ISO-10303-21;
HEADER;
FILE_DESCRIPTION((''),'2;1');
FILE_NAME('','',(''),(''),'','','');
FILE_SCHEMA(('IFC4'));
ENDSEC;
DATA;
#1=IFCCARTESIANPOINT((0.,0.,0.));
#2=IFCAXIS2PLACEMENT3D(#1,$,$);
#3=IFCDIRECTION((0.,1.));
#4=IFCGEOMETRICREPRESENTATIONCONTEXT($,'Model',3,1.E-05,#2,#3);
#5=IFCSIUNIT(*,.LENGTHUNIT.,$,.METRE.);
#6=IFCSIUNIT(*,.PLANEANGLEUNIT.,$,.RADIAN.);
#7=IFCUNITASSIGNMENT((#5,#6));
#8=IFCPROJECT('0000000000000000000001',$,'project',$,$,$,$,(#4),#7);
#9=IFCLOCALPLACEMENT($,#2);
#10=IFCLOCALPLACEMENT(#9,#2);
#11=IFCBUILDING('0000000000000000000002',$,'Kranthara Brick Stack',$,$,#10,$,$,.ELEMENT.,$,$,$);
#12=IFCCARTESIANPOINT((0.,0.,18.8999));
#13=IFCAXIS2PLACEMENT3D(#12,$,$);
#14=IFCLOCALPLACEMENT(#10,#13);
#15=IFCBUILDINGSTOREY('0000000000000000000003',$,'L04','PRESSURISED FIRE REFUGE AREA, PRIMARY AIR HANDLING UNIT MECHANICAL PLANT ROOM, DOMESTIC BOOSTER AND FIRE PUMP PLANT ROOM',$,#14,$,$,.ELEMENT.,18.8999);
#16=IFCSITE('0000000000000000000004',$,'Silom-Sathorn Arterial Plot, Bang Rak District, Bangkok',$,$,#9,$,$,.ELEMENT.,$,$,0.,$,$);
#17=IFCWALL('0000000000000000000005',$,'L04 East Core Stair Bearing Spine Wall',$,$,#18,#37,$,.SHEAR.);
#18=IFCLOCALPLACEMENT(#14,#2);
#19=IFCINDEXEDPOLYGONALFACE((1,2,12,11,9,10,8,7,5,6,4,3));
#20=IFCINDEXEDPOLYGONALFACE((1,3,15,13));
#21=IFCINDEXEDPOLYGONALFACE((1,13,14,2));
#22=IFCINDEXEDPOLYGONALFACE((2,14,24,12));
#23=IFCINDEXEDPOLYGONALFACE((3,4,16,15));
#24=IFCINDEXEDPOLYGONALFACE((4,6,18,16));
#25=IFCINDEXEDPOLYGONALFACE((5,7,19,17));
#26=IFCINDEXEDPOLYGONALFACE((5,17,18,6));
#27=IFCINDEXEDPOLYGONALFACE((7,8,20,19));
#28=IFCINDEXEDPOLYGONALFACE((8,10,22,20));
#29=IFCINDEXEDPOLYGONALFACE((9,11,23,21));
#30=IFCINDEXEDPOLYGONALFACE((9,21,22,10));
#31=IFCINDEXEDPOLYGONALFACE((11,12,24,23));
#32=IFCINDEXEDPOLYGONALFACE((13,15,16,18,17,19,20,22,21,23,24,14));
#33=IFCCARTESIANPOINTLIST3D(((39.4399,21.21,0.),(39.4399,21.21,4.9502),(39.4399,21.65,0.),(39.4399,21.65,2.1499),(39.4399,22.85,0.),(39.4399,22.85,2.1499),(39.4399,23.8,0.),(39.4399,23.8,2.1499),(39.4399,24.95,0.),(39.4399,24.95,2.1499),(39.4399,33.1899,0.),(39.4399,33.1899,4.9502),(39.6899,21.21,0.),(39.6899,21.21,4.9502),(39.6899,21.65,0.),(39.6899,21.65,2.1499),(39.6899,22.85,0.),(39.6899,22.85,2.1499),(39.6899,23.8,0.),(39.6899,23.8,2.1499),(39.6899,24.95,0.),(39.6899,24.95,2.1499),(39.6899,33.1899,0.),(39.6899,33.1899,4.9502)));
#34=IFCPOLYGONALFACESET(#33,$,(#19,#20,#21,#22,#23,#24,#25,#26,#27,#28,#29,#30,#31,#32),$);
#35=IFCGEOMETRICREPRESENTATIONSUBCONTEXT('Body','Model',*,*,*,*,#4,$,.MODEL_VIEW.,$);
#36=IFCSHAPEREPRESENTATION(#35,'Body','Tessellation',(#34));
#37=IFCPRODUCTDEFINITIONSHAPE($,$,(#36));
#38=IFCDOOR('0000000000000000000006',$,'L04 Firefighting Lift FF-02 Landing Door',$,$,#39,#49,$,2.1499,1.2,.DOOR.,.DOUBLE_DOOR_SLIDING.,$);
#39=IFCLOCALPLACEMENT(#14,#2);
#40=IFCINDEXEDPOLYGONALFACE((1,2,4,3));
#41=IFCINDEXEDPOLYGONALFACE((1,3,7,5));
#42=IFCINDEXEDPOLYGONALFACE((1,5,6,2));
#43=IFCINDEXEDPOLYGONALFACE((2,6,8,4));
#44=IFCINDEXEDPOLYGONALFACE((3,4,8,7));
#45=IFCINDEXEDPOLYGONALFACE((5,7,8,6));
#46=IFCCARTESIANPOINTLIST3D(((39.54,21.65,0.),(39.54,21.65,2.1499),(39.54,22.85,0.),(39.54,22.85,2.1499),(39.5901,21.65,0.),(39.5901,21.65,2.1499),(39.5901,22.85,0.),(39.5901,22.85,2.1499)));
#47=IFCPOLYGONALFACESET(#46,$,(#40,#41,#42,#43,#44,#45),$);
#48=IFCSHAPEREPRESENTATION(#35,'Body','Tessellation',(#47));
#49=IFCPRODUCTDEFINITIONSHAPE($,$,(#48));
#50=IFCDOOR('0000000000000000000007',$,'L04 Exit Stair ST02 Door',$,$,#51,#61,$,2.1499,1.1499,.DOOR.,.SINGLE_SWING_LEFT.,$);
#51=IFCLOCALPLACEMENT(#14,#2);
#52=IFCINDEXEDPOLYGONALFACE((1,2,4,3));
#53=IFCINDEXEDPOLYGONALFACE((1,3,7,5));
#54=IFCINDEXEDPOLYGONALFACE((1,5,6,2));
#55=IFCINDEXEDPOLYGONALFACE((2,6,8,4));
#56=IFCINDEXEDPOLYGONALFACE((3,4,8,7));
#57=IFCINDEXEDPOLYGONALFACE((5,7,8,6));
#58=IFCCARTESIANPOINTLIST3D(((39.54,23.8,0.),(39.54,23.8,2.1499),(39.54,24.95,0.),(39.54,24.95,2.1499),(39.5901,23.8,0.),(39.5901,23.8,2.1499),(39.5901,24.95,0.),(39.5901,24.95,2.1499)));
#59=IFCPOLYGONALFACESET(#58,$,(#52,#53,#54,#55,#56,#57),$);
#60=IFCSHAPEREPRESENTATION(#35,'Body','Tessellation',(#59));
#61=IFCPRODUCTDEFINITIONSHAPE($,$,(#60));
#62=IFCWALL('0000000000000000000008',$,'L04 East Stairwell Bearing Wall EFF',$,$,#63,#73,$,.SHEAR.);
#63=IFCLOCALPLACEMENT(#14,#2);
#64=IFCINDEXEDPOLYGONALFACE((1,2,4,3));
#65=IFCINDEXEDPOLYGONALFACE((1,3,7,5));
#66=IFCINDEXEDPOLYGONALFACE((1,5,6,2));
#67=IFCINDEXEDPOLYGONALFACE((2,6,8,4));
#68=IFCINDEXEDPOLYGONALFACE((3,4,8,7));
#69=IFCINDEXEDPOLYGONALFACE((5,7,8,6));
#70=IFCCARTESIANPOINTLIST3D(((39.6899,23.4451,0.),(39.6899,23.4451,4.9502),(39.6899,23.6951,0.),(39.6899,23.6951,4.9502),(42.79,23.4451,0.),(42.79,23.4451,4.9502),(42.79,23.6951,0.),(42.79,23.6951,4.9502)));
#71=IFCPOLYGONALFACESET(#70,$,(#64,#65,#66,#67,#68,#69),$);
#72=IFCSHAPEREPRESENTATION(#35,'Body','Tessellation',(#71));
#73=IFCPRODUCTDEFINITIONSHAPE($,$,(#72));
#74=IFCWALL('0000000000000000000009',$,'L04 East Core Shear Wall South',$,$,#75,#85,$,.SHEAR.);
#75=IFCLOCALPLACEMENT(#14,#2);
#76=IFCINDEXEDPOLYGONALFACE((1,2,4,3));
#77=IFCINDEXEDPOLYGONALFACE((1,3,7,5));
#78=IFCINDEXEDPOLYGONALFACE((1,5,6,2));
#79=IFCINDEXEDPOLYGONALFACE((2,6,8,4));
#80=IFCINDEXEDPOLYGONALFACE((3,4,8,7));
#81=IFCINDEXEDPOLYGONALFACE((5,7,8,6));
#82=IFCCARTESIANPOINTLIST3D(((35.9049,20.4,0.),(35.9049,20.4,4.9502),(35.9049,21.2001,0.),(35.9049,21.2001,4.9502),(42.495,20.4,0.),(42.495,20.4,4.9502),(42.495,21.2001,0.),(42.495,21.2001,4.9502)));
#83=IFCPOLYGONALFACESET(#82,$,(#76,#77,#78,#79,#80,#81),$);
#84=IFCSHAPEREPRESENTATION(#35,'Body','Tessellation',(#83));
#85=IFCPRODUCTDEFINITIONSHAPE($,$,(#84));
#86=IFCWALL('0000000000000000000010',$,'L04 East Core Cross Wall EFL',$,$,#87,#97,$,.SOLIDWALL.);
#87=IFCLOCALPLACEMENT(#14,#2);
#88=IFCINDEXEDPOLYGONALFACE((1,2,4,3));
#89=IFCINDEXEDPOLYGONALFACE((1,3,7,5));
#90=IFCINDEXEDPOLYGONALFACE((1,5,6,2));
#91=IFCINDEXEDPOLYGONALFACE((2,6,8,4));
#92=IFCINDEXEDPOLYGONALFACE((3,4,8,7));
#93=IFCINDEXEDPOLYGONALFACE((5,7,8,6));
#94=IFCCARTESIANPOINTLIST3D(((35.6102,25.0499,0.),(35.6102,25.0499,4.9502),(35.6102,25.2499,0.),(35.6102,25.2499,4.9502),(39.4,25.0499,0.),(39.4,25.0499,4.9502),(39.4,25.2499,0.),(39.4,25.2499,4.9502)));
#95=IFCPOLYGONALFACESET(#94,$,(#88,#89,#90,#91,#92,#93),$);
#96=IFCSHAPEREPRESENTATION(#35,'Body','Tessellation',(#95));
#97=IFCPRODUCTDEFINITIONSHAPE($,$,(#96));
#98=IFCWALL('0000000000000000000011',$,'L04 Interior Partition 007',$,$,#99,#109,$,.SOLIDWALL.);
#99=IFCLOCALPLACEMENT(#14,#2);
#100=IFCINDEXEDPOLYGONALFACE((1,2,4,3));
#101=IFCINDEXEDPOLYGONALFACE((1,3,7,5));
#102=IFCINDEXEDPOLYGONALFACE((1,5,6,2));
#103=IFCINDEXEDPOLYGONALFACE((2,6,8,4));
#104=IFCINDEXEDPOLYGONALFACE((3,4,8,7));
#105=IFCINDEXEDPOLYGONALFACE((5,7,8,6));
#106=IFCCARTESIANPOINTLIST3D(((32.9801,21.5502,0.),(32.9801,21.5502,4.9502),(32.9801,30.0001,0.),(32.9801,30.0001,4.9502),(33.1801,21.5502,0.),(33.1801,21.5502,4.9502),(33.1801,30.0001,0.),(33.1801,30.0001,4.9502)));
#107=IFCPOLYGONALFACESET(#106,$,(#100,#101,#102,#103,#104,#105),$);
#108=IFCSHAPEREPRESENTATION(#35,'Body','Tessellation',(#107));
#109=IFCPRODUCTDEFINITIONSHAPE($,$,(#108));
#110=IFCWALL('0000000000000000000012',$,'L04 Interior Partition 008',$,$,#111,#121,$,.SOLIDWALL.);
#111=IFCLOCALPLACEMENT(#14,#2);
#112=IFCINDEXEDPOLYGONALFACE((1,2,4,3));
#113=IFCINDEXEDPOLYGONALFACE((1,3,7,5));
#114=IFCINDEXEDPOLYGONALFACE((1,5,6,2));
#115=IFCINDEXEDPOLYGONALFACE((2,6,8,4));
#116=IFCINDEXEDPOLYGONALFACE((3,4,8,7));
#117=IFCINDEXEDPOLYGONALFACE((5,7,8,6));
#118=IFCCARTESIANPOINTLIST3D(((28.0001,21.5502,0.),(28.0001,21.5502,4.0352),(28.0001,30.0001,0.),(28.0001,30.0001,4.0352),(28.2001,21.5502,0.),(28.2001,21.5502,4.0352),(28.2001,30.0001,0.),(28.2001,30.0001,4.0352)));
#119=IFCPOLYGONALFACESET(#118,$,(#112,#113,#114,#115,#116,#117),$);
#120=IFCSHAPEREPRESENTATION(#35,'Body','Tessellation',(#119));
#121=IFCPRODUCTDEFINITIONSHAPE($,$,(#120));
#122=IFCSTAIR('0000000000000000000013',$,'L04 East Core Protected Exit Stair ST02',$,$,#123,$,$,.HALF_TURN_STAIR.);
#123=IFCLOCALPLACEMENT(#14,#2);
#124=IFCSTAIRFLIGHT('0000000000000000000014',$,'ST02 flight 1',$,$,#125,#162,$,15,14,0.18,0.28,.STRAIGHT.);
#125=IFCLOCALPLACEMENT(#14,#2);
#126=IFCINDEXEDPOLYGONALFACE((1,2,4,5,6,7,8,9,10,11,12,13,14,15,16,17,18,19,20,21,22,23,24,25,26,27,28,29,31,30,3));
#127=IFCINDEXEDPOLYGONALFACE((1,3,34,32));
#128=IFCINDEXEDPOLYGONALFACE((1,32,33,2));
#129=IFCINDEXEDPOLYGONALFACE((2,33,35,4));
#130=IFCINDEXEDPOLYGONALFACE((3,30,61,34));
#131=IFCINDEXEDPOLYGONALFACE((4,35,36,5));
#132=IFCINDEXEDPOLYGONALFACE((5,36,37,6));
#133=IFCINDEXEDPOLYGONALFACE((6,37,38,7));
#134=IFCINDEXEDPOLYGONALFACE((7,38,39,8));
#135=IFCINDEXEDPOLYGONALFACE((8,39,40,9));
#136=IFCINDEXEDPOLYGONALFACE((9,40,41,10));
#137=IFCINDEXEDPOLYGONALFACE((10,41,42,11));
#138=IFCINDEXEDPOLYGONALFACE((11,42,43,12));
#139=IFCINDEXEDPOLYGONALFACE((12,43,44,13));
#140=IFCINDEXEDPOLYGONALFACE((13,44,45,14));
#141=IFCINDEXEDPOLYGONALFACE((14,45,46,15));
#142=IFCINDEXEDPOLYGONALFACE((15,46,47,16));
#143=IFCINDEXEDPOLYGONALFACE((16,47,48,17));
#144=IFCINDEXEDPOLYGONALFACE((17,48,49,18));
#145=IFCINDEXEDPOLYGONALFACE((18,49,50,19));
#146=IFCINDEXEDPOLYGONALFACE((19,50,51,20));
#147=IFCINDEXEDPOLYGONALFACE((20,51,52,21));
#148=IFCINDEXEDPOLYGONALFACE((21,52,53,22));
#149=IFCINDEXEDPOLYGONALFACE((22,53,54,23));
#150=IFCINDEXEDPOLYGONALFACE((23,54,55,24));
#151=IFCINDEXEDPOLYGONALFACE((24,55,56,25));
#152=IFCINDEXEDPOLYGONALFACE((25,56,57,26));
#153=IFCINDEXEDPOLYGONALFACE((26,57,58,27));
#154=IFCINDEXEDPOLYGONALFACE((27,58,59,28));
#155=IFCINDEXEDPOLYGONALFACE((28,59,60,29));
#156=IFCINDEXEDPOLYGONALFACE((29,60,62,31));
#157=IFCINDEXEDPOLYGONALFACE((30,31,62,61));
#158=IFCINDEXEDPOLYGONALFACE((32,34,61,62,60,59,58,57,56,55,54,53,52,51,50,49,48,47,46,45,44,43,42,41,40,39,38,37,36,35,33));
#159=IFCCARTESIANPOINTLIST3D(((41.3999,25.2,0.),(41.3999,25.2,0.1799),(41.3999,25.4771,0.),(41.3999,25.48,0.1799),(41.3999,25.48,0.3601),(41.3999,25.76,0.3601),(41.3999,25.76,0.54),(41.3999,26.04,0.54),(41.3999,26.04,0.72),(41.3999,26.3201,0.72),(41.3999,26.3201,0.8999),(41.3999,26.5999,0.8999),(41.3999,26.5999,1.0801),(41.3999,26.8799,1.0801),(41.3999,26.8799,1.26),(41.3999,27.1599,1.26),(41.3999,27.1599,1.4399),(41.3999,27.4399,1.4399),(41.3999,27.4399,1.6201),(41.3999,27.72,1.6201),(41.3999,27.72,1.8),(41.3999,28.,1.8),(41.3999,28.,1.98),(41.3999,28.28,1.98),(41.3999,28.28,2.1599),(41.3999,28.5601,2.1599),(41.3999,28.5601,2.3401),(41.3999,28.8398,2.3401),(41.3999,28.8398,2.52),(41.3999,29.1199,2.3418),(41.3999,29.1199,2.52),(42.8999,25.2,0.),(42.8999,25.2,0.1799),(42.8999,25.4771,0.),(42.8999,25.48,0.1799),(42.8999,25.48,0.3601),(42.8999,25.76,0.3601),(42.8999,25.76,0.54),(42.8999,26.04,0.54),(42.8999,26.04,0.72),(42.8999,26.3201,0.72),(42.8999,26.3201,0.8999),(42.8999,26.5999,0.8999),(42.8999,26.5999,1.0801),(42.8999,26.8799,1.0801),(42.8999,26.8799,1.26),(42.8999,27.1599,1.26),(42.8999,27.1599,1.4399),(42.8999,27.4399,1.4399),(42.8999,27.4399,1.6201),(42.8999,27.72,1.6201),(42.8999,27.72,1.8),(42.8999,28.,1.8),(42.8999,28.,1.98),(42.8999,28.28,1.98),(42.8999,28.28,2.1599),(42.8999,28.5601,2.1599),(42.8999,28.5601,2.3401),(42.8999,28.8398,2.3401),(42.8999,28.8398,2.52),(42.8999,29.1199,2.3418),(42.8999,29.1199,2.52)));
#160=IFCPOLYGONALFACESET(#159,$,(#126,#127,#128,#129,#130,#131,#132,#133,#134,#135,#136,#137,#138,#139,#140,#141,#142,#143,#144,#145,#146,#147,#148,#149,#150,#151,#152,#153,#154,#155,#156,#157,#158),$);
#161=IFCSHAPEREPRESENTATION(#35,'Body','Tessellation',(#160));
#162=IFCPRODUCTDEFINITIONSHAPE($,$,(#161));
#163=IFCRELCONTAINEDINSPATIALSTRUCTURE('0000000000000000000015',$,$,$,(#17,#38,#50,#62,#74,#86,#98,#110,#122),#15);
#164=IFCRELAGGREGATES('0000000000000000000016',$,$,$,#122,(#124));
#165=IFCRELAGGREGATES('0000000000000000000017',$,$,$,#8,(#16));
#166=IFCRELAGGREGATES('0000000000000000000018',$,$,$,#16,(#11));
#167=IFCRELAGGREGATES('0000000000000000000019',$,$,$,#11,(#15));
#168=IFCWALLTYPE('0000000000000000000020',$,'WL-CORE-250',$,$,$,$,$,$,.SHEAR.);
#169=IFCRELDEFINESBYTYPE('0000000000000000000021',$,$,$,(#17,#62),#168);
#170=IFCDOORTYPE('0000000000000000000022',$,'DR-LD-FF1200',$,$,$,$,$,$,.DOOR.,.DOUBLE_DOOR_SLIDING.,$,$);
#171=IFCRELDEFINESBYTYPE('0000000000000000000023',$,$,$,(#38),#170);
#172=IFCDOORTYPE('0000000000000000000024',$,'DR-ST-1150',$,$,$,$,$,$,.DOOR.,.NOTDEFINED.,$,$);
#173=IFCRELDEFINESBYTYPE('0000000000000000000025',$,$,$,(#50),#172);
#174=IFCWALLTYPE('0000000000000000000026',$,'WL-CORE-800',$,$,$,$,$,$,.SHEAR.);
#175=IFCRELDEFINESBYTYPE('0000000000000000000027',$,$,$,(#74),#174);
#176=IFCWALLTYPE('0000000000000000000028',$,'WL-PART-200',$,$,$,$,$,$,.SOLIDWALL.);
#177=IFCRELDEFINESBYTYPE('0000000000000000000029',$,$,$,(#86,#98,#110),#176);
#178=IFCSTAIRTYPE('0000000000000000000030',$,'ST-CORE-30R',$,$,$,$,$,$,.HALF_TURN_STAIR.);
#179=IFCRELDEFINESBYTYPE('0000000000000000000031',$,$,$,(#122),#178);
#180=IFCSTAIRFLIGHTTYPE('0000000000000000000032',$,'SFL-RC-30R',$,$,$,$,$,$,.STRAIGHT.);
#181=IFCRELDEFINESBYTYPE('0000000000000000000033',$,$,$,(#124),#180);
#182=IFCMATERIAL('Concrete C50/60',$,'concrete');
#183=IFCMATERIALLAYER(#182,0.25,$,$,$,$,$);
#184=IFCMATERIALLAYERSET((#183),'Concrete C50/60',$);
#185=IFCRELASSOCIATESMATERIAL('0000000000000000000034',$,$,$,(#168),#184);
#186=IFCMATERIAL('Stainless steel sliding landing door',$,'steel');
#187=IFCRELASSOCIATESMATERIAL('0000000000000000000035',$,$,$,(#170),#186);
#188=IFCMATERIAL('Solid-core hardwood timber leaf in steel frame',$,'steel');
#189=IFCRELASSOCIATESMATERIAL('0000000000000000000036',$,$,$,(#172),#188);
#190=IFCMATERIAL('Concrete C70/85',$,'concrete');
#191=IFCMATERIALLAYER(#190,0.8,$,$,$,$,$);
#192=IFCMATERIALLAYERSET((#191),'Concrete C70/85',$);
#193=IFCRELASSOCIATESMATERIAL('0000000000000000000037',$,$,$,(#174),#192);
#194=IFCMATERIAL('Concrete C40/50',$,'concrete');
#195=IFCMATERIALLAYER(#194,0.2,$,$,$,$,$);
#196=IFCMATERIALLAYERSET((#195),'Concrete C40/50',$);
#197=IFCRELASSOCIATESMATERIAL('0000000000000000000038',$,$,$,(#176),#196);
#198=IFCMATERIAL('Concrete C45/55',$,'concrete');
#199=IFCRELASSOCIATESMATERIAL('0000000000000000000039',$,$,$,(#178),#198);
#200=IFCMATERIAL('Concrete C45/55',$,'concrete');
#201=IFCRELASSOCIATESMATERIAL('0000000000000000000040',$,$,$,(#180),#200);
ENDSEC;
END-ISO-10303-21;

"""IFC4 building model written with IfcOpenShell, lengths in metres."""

from ifc_helpers import new_model, si_unit, direction, frame, frame_2d, origin, place, context, subcontext, project, spatial, polyline, rectangle, outline, extrude, material, layer, layer_set, type_object, element, fill, aggregate, save


model = new_model("IFC4")

# Units and contexts
model_context = context("Model", 3, precision=1e-05, world=origin(), true_north=direction((0.0, 1.0)))
body_context = subcontext(model_context, "Body", "Model", "MODEL_VIEW")
ifc_project = project(units=[si_unit("LENGTHUNIT", "METRE"), si_unit("PLANEANGLEUNIT", "RADIAN")], contexts=[model_context])

# Site, building, storey
site_placement = place(None, origin())
site = spatial("IfcSite", under=ifc_project, at=site_placement, Name="Silom-Sathorn Arterial Plot, Bang Rak District, Bangkok", CompositionType="ELEMENT", RefElevation=0.0)
building_placement = place(site_placement, origin())
building = spatial("IfcBuilding", under=site, at=building_placement, Name="Kranthara Brick Stack", CompositionType="ELEMENT")
storey_placement = place(building_placement, frame((0.0, 0.0, 18.8999)))
storey = spatial("IfcBuildingStorey", under=building, at=storey_placement, Name="L04", Description="PRESSURISED FIRE REFUGE AREA, PRIMARY AIR HANDLING UNIT MECHANICAL PLANT ROOM, DOMESTIC BOOSTER AND FIRE PUMP PLANT ROOM", CompositionType="ELEMENT", Elevation=18.8999)

# Wall, openings, doors
ifc_material_1 = material(Name="Concrete C50/60", Category="concrete")
ifc_layer_1 = layer(ifc_material_1, 0.25)
ifc_layer_set_1 = layer_set([ifc_layer_1], Name="Concrete C50/60")
wall_type_1 = type_object("IfcWallType", Name="WL-CORE-250", PredefinedType="SHEAR", material=ifc_layer_set_1)
wall_1_placement = place(storey_placement, frame((39.5649, 21.21, 0.0), z_axis=(0.0, 0.0, 1.0), x_axis=(0.0, 1.0, 0.0)))
wall_1 = element("IfcWall", 1, at=wall_1_placement, inside=storey, type_object=wall_type_1, Name="L04 East Core Stair Bearing Spine Wall", PredefinedType="SHEAR", context=body_context, shape_type="SweptSolid", body=[
    extrude(rectangle(XDim=11.98, YDim=0.25, at=frame_2d((5.99, 0.0))), origin(), (0.0, 0.0, 1.0), 4.9502),
])
opening_1_placement = place(wall_1_placement, frame((0.4399, 0.0, 0.0)))
opening_1 = element("IfcOpeningElement", 2, at=opening_1_placement, cuts=wall_1, PredefinedType="OPENING", context=body_context, shape_type="SweptSolid", body=[
    extrude(rectangle(XDim=1.2, YDim=2.1499, at=frame_2d((0.6001, 1.075))), frame((0.0, 0.135, 0.0), z_axis=(0.0, -1.0, 0.0), x_axis=(1.0, 0.0, 0.0)), (0.0, 0.0, 1.0), 0.27),
])
opening_2_placement = place(wall_1_placement, frame((2.5901, 0.0, 0.0)))
opening_2 = element("IfcOpeningElement", 3, at=opening_2_placement, cuts=wall_1, PredefinedType="OPENING", context=body_context, shape_type="SweptSolid", body=[
    extrude(rectangle(XDim=1.1499, YDim=2.1499, at=frame_2d((0.575, 1.075))), frame((0.0, 0.135, 0.0), z_axis=(0.0, -1.0, 0.0), x_axis=(1.0, 0.0, 0.0)), (0.0, 0.0, 1.0), 0.27),
])
ifc_material_2 = material(Name="Stainless steel sliding landing door", Category="steel")
door_type_1 = type_object("IfcDoorType", Name="DR-LD-FF1200", OperationType="DOUBLE_DOOR_SLIDING", PredefinedType="DOOR", material=ifc_material_2)
door_1_placement = place(opening_1_placement, origin())
door_1 = element("IfcDoor", 4, at=door_1_placement, inside=storey, type_object=door_type_1, Name="L04 Firefighting Lift FF-02 Landing Door", OperationType="DOUBLE_DOOR_SLIDING", OverallHeight=2.1499, OverallWidth=1.2, PredefinedType="DOOR", context=body_context, shape_type="SweptSolid", body=[
    extrude(rectangle(XDim=1.2, YDim=2.1499, at=frame_2d((0.6001, 1.075))), frame((0.0, 0.0249, 0.0), z_axis=(0.0, -1.0, 0.0), x_axis=(1.0, 0.0, 0.0)), (0.0, 0.0, 1.0), 0.05),
])
fill(opening_1, door_1)
ifc_material_3 = material(Name="Solid-core hardwood timber leaf in steel frame", Category="steel")
door_type_2 = type_object("IfcDoorType", Name="DR-ST-1150", OperationType="NOTDEFINED", PredefinedType="DOOR", material=ifc_material_3)
door_2_placement = place(opening_2_placement, origin())
door_2 = element("IfcDoor", 5, at=door_2_placement, inside=storey, type_object=door_type_2, Name="L04 Exit Stair ST02 Door", OperationType="SINGLE_SWING_LEFT", OverallHeight=2.1499, OverallWidth=1.1499, PredefinedType="DOOR", context=body_context, shape_type="SweptSolid", body=[
    extrude(rectangle(XDim=1.1499, YDim=2.1499, at=frame_2d((0.575, 1.075))), frame((0.0, 0.0249, 0.0), z_axis=(0.0, -1.0, 0.0), x_axis=(1.0, 0.0, 0.0)), (0.0, 0.0, 1.0), 0.05),
])
fill(opening_2, door_2)

# Walls
wall_2_placement = place(storey_placement, frame((39.6899, 23.5701, 0.0), z_axis=(0.0, 0.0, 1.0), x_axis=(1.0, 0.0, 0.0)))
element("IfcWall", 6, at=wall_2_placement, inside=storey, type_object=wall_type_1, Name="L04 East Stairwell Bearing Wall EFF", PredefinedType="SHEAR", context=body_context, shape_type="SweptSolid", body=[
    extrude(rectangle(XDim=3.1001, YDim=0.25, at=frame_2d((1.55, 0.0))), origin(), (0.0, 0.0, 1.0), 4.9502),
])
ifc_material_4 = material(Name="Concrete C70/85", Category="concrete")
ifc_layer_2 = layer(ifc_material_4, 0.8)
ifc_layer_set_2 = layer_set([ifc_layer_2], Name="Concrete C70/85")
wall_type_2 = type_object("IfcWallType", Name="WL-CORE-800", PredefinedType="SHEAR", material=ifc_layer_set_2)
wall_3_placement = place(storey_placement, frame((35.905, 20.8, 0.0), z_axis=(0.0, 0.0, 1.0), x_axis=(1.0, 0.0, 0.0)))
element("IfcWall", 7, at=wall_3_placement, inside=storey, type_object=wall_type_2, Name="L04 East Core Shear Wall South", PredefinedType="SHEAR", context=body_context, shape_type="SweptSolid", body=[
    extrude(rectangle(XDim=6.5901, YDim=0.8, at=frame_2d((3.2949, 0.0))), origin(), (0.0, 0.0, 1.0), 4.9502),
])

# Walls
ifc_material_5 = material(Name="Concrete C40/50", Category="concrete")
ifc_layer_3 = layer(ifc_material_5, 0.2)
ifc_layer_set_3 = layer_set([ifc_layer_3], Name="Concrete C40/50")
wall_type_3 = type_object("IfcWallType", Name="WL-PART-200", PredefinedType="SOLIDWALL", material=ifc_layer_set_3)
wall_4_placement = place(storey_placement, frame((35.6101, 25.1499, 0.0), z_axis=(0.0, 0.0, 1.0), x_axis=(1.0, 0.0, 0.0)))
element("IfcWall", 8, at=wall_4_placement, inside=storey, type_object=wall_type_3, Name="L04 East Core Cross Wall EFL", PredefinedType="SOLIDWALL", context=body_context, shape_type="SweptSolid", body=[
    extrude(rectangle(XDim=3.7898, YDim=0.2, at=frame_2d((1.895, 0.0))), origin(), (0.0, 0.0, 1.0), 4.9502),
])
wall_5_placement = place(storey_placement, frame((33.0801, 21.55, 0.0), z_axis=(0.0, 0.0, 1.0), x_axis=(0.0, 1.0, 0.0)))
element("IfcWall", 9, at=wall_5_placement, inside=storey, type_object=wall_type_3, Name="L04 Interior Partition 007", PredefinedType="SOLIDWALL", context=body_context, shape_type="SweptSolid", body=[
    extrude(rectangle(XDim=8.45, YDim=0.2, at=frame_2d((4.2251, 0.0))), origin(), (0.0, 0.0, 1.0), 4.9502),
])
wall_6_placement = place(storey_placement, frame((28.1001, 21.55, 0.0), z_axis=(0.0, 0.0, 1.0), x_axis=(0.0, 1.0, 0.0)))
element("IfcWall", 10, at=wall_6_placement, inside=storey, type_object=wall_type_3, Name="L04 Interior Partition 008", PredefinedType="SOLIDWALL", context=body_context, shape_type="SweptSolid", body=[
    extrude(rectangle(XDim=8.45, YDim=0.2, at=frame_2d((4.2251, 0.0))), origin(), (0.0, 0.0, 1.0), 4.0352),
])

# Stair, stair flight
ifc_material_6 = material(Name="Concrete C45/55", Category="concrete")
stair_type = type_object("IfcStairType", Name="ST-CORE-30R", PredefinedType="HALF_TURN_STAIR", material=ifc_material_6)
stair_placement = place(storey_placement, origin())
stair = element("IfcStair", 11, at=stair_placement, inside=storey, type_object=stair_type, Name="L04 East Core Protected Exit Stair ST02", PredefinedType="HALF_TURN_STAIR")
ifc_material_7 = material(Name="Concrete C45/55", Category="concrete")
stair_flight_type = type_object("IfcStairFlightType", Name="SFL-RC-30R", PredefinedType="STRAIGHT", material=ifc_material_7)
stair_flight_placement = place(storey_placement, frame((42.1499, 25.2, 0.0), z_axis=(0.0, 0.0, 1.0), x_axis=(0.0, 1.0, 0.0)))
stair_flight = element("IfcStairFlight", 12, at=stair_flight_placement, type_object=stair_flight_type, Name="ST02 flight 1", NumberOfRisers=15, NumberOfTreads=14, PredefinedType="STRAIGHT", RiserHeight=0.18, TreadLength=0.28, context=body_context, shape_type="SweptSolid", body=[
    extrude(outline(polyline([(0.0, 0.0), (0.0, 0.1799), (0.28, 0.1799), (0.28, 0.3601), (0.5601, 0.3601), (0.5601, 0.54), (0.8401, 0.54), (0.8401, 0.72), (1.1201, 0.72), (1.1201, 0.8999), (1.3999, 0.8999), (1.3999, 1.0801), (1.6799, 1.0801), (1.6799, 1.26), (1.96, 1.26), (1.96, 1.4399), (2.24, 1.4399), (2.24, 1.6201), (2.52, 1.6201), (2.52, 1.8), (2.8, 1.8), (2.8, 1.98), (3.0801, 1.98), (3.0801, 2.1599), (3.3601, 2.1599), (3.3601, 2.3401), (3.6399, 2.3401), (3.6399, 2.52), (3.9199, 2.52), (3.9199, 2.7), (3.9199, 2.3418), (0.2771, 0.0), (0.0, 0.0)])), frame((0.0, 0.75, 0.0), z_axis=(0.0, -1.0, 0.0), x_axis=(1.0, 0.0, 0.0)), (0.0, 0.0, 1.0), 1.5),
])
aggregate(stair, [stair_flight])

save(model, "model.ifc")
